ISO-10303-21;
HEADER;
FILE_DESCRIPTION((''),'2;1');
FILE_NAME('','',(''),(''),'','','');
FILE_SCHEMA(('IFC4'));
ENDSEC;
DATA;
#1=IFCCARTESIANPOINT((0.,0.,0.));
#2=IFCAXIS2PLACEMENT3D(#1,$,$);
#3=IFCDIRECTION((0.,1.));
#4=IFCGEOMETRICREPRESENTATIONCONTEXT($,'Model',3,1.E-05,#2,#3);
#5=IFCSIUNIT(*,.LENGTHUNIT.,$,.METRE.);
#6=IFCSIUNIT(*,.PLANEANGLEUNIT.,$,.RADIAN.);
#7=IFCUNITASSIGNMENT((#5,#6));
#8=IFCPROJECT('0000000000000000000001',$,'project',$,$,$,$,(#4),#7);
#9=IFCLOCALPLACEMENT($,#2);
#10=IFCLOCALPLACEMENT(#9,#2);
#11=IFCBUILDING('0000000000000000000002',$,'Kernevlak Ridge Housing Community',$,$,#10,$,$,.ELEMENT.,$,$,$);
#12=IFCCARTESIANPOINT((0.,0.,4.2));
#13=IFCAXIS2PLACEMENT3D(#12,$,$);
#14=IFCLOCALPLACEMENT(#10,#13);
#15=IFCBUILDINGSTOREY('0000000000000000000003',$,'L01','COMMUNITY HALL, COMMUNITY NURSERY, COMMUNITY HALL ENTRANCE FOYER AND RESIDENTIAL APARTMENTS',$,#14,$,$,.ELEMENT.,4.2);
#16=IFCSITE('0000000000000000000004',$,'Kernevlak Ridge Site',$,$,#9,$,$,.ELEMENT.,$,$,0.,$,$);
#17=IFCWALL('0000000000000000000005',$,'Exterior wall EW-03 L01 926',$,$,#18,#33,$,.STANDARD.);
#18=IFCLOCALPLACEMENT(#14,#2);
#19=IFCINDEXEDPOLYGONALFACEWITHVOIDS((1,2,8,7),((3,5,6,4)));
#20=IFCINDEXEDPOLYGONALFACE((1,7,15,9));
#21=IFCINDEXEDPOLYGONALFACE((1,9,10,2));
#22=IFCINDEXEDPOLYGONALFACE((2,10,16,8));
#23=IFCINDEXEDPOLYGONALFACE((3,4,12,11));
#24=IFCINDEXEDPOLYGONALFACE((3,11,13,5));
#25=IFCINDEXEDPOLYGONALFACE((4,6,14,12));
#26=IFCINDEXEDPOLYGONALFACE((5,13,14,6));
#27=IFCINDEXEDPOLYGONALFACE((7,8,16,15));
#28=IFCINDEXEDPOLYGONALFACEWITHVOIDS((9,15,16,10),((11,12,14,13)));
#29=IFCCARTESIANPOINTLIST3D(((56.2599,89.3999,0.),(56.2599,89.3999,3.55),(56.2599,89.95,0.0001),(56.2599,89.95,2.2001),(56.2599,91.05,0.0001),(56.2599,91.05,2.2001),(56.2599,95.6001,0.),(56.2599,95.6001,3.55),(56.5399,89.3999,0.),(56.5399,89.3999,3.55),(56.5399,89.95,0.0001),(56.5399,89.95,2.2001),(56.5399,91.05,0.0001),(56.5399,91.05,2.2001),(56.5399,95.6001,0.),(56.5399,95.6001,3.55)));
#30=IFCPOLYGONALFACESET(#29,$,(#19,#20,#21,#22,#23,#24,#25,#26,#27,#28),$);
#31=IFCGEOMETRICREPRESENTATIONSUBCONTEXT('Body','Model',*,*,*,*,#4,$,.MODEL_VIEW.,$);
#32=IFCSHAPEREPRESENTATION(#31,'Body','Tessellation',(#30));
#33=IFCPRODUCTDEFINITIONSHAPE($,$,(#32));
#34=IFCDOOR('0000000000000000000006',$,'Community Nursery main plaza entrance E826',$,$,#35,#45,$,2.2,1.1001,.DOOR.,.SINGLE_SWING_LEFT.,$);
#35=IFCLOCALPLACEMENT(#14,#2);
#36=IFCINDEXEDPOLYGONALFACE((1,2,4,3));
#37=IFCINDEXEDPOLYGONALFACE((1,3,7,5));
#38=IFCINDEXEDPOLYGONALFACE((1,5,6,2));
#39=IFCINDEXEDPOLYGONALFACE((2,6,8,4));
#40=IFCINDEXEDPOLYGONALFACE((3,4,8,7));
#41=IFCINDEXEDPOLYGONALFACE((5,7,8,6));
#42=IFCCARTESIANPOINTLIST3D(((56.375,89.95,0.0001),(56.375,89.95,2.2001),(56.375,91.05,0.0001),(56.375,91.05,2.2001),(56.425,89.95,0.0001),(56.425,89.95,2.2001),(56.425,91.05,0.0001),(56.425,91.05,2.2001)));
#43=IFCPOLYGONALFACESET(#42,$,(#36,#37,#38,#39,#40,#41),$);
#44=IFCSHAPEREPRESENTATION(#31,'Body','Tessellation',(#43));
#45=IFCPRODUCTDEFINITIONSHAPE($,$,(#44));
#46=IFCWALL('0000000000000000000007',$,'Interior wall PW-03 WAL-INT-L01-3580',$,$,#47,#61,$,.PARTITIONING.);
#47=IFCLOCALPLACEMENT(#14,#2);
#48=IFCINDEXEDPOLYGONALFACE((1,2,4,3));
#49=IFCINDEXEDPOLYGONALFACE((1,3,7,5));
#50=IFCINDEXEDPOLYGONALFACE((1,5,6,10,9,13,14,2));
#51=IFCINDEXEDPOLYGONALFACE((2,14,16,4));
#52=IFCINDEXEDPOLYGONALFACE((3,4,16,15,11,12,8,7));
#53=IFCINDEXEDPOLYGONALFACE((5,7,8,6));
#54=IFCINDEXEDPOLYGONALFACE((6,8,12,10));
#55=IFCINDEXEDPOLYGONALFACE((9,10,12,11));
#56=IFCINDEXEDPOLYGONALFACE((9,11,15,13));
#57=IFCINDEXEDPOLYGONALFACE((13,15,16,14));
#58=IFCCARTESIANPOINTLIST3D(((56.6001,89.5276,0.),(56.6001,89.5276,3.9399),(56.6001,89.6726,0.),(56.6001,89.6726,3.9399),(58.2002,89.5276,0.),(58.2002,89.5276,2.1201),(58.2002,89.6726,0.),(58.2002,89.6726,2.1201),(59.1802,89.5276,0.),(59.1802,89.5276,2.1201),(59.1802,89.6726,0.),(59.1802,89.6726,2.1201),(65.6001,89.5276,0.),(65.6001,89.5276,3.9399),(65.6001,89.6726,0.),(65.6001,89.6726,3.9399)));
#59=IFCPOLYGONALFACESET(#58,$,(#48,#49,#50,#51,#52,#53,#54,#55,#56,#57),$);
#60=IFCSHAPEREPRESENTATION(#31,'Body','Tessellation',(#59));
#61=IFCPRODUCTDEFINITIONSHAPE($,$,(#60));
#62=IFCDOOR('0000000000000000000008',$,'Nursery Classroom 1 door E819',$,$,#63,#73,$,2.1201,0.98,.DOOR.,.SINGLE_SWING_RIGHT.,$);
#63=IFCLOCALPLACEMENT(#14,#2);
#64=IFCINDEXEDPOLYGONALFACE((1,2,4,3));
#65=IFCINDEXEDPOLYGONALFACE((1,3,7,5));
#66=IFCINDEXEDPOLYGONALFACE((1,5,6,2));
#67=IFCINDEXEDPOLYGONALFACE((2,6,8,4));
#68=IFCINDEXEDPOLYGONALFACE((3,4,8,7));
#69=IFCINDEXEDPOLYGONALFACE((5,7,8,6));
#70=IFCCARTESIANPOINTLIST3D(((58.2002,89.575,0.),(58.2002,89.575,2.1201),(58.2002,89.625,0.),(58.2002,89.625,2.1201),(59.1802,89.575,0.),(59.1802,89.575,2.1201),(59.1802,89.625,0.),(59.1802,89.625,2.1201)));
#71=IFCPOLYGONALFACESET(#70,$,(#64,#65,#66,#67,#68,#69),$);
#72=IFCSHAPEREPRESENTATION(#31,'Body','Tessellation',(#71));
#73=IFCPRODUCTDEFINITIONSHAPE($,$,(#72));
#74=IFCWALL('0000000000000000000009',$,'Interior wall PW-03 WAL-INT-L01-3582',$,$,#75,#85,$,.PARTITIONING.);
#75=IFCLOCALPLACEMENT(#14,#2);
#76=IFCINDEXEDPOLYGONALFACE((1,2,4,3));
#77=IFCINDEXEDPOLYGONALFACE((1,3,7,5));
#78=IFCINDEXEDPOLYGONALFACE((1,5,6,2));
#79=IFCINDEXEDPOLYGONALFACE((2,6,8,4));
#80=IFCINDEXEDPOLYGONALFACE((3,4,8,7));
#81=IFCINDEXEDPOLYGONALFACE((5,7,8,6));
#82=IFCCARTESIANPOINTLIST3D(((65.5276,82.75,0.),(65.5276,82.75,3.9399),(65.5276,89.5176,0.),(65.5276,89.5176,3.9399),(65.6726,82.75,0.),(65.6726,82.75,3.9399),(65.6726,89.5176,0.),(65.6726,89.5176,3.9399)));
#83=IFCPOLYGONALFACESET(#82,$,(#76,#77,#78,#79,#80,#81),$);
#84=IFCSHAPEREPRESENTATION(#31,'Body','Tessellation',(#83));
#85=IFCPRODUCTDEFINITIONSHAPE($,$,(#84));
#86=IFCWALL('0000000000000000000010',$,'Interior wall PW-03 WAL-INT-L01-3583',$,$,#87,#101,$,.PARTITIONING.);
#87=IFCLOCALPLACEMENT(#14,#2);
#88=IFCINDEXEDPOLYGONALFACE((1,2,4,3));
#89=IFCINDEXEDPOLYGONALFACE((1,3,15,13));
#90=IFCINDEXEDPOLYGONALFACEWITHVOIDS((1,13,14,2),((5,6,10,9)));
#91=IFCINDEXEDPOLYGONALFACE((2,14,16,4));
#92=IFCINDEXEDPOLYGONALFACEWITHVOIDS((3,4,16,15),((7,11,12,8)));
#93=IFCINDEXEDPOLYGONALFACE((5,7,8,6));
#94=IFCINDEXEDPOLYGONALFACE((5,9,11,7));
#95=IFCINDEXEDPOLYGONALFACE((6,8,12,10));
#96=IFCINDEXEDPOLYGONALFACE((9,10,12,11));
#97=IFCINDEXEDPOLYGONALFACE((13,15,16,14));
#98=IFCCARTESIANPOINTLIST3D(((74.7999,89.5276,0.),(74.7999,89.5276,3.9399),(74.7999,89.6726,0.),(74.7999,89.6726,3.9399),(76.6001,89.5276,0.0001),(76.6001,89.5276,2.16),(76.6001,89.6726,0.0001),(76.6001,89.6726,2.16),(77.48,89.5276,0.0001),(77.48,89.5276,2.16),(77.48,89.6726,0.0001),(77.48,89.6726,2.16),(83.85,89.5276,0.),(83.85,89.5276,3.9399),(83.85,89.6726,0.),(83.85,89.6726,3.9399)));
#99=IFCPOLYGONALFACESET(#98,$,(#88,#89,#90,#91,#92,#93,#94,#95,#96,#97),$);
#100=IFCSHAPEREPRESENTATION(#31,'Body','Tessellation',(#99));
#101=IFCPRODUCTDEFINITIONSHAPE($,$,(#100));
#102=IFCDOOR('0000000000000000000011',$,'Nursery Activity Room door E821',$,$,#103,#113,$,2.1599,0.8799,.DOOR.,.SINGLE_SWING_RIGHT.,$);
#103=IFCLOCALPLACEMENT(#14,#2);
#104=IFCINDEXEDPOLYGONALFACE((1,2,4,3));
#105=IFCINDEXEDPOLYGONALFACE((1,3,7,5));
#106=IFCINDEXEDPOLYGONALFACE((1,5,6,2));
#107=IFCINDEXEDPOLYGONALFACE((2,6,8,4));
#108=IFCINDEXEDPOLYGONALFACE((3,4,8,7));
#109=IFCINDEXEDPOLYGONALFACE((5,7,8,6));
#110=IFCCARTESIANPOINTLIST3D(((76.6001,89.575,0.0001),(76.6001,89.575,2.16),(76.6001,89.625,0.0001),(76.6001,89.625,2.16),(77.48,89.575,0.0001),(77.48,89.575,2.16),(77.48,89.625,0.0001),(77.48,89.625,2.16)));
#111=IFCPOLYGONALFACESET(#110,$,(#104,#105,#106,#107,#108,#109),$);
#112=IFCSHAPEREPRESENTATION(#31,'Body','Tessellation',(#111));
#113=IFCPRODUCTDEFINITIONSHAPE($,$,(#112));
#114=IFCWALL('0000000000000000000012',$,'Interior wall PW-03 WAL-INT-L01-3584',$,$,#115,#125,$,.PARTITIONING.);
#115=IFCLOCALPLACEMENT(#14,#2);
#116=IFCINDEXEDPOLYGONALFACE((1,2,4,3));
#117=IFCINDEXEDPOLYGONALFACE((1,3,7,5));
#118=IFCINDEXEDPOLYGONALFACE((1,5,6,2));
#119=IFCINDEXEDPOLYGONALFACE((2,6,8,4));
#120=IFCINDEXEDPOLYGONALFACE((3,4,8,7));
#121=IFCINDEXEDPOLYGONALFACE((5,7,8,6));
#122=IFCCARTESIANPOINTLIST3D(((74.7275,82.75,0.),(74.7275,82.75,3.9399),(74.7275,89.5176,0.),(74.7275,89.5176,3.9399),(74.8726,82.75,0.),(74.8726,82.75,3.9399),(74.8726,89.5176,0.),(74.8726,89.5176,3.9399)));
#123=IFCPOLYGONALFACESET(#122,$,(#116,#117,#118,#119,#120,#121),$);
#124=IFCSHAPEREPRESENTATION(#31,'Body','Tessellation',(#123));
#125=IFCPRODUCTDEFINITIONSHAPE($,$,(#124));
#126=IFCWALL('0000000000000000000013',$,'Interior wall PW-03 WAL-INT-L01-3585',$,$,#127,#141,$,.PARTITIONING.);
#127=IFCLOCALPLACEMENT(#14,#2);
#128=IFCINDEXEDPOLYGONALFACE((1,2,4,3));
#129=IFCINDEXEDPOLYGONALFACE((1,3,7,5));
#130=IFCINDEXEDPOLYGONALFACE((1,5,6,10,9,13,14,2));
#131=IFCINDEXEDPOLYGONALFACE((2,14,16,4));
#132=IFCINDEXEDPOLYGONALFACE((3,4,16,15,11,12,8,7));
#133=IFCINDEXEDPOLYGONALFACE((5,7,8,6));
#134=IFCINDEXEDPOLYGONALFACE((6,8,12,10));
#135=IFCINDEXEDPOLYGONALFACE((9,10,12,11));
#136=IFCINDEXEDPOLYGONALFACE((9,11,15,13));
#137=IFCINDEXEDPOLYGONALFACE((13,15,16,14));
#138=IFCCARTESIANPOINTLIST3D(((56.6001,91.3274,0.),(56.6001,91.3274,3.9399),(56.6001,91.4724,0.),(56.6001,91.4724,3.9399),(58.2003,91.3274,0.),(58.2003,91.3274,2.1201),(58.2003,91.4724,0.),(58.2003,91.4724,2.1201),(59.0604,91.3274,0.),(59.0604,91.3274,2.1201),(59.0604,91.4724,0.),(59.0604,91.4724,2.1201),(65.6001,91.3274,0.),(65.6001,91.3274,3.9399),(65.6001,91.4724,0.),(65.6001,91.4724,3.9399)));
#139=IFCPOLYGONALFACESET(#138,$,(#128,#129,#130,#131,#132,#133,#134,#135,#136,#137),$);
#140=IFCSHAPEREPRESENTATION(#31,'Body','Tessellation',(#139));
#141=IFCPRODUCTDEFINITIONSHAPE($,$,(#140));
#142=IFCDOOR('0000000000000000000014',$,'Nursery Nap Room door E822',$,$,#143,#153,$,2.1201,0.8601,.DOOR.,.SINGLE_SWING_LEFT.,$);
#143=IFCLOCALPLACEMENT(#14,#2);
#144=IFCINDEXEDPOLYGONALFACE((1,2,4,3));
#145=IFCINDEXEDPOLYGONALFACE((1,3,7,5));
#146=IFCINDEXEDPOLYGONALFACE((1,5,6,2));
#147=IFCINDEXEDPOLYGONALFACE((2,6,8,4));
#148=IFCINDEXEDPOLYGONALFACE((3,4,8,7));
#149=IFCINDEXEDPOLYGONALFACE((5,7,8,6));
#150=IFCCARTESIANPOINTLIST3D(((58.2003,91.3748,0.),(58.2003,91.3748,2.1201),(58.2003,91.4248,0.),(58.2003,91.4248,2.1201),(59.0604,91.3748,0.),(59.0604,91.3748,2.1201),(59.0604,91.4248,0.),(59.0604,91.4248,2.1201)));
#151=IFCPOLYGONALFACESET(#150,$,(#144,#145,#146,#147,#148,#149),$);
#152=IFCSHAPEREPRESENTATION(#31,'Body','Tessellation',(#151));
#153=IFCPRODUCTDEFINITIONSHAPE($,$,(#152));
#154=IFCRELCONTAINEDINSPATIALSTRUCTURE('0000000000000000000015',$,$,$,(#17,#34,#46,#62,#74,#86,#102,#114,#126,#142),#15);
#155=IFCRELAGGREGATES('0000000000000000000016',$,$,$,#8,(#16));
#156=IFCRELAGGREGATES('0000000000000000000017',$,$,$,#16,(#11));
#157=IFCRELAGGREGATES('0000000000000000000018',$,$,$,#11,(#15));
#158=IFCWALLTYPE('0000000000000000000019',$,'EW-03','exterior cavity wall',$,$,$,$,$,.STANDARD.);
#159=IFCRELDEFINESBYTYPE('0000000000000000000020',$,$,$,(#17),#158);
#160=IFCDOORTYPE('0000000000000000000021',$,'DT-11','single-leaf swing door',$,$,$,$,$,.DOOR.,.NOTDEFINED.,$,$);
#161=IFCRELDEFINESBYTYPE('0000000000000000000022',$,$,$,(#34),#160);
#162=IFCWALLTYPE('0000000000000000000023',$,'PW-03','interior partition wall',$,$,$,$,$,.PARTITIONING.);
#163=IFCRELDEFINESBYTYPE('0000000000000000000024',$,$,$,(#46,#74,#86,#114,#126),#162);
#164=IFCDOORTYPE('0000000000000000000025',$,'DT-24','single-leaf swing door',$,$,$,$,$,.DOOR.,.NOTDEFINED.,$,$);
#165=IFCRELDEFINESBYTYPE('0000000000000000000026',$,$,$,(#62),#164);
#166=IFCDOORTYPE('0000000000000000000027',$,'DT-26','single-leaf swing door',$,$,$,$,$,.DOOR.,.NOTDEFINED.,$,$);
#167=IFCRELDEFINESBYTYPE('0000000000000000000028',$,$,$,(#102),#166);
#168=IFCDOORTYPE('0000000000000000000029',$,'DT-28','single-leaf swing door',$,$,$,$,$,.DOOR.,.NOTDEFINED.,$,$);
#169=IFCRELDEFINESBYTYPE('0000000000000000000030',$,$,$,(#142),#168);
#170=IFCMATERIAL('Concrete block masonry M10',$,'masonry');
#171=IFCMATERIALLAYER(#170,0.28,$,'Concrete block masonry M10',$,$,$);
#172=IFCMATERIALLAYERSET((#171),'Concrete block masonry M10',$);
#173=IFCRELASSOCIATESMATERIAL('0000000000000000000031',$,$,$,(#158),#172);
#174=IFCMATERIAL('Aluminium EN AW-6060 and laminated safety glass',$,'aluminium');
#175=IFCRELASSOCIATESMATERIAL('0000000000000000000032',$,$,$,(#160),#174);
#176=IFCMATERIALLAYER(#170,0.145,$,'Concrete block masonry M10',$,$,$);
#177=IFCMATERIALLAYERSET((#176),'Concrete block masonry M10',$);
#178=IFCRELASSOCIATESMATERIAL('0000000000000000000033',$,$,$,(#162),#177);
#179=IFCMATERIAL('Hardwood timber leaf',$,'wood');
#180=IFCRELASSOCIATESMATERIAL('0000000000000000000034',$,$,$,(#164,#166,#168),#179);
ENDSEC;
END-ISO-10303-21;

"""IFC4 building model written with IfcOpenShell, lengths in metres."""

from ifc_helpers import new_model, si_unit, direction, frame, frame_2d, origin, place, context, subcontext, project, spatial, rectangle, extrude, material, layer, layer_set, type_object, element, fill, save


model = new_model("IFC4")

# Units and contexts
model_context = context("Model", 3, precision=1e-05, world=origin(), true_north=direction((0.0, 1.0)))
body_context = subcontext(model_context, "Body", "Model", "MODEL_VIEW")
ifc_project = project(units=[si_unit("LENGTHUNIT", "METRE"), si_unit("PLANEANGLEUNIT", "RADIAN")], contexts=[model_context])

# Site, building, storey
site_placement = place(None, origin())
site = spatial("IfcSite", under=ifc_project, at=site_placement, Name="Kernevlak Ridge Site", CompositionType="ELEMENT", RefElevation=0.0)
building_placement = place(site_placement, origin())
building = spatial("IfcBuilding", under=site, at=building_placement, Name="Kernevlak Ridge Housing Community", CompositionType="ELEMENT")
storey_placement = place(building_placement, frame((0.0, 0.0, 4.2)))
storey = spatial("IfcBuildingStorey", under=building, at=storey_placement, Name="L01", Description="COMMUNITY HALL, COMMUNITY NURSERY, COMMUNITY HALL ENTRANCE FOYER AND RESIDENTIAL APARTMENTS", CompositionType="ELEMENT", Elevation=4.2)

# Shared definitions
ifc_material_1 = material(Name="Concrete block masonry M10", Category="masonry")
ifc_layer_1 = layer(ifc_material_1, 0.28, Name="Concrete block masonry M10")
ifc_layer_set_1 = layer_set([ifc_layer_1], Name="Concrete block masonry M10")
wall_type_1 = type_object("IfcWallType", Name="EW-03", Description="exterior cavity wall", PredefinedType="STANDARD", material=ifc_layer_set_1)

# Walls, openings, doors
wall_1_placement = place(storey_placement, frame((56.3999, 89.3999, 0.0), z_axis=(0.0, 0.0, 1.0), x_axis=(0.0, 1.0, 0.0)))
wall_1 = element("IfcWall", 1, at=wall_1_placement, inside=storey, type_object=wall_type_1, Name="Exterior wall EW-03 L01 926", PredefinedType="STANDARD", context=body_context, shape_type="SweptSolid", body=[
    extrude(rectangle(XDim=6.2002, YDim=0.28, at=frame_2d((3.1001, 0.0))), origin(), (0.0, 0.0, 1.0), 3.55),
])
opening_1_placement = place(wall_1_placement, frame((0.55, 0.0, 0.0)))
opening_1 = element("IfcOpeningElement", 2, at=opening_1_placement, cuts=wall_1, PredefinedType="OPENING", context=body_context, shape_type="SweptSolid", body=[
    extrude(rectangle(XDim=1.1001, YDim=2.2, at=frame_2d((0.55, 1.1001))), frame((0.0, 0.1499, 0.0), z_axis=(0.0, -1.0, 0.0), x_axis=(1.0, 0.0, 0.0)), (0.0, 0.0, 1.0), 0.3),
])
ifc_material_2 = material(Name="Aluminium EN AW-6060 and laminated safety glass", Category="aluminium")
door_type_1 = type_object("IfcDoorType", Name="DT-11", Description="single-leaf swing door", OperationType="NOTDEFINED", PredefinedType="DOOR", material=ifc_material_2)
door_1_placement = place(opening_1_placement, origin())
door_1 = element("IfcDoor", 3, at=door_1_placement, inside=storey, type_object=door_type_1, Name="Community Nursery main plaza entrance E826", OperationType="SINGLE_SWING_LEFT", OverallHeight=2.2, OverallWidth=1.1001, PredefinedType="DOOR", context=body_context, shape_type="SweptSolid", body=[
    extrude(rectangle(XDim=1.1001, YDim=2.2, at=frame_2d((0.55, 1.1001))), frame((0.0, 0.0249, 0.0), z_axis=(0.0, -1.0, 0.0), x_axis=(1.0, 0.0, 0.0)), (0.0, 0.0, 1.0), 0.05),
])
fill(opening_1, door_1)
ifc_layer_2 = layer(ifc_material_1, 0.145, Name="Concrete block masonry M10")
ifc_layer_set_2 = layer_set([ifc_layer_2], Name="Concrete block masonry M10")
wall_type_2 = type_object("IfcWallType", Name="PW-03", Description="interior partition wall", PredefinedType="PARTITIONING", material=ifc_layer_set_2)
wall_2_placement = place(storey_placement, frame((56.6001, 89.6001, 0.0), z_axis=(0.0, 0.0, 1.0), x_axis=(1.0, 0.0, 0.0)))
wall_2 = element("IfcWall", 4, at=wall_2_placement, inside=storey, type_object=wall_type_2, Name="Interior wall PW-03 WAL-INT-L01-3580", PredefinedType="PARTITIONING", context=body_context, shape_type="SweptSolid", body=[
    extrude(rectangle(XDim=9.0, YDim=0.145, at=frame_2d((4.5, 0.0))), origin(), (0.0, 0.0, 1.0), 3.9399),
])
opening_2_placement = place(wall_2_placement, frame((1.6001, 0.0, 0.0)))
opening_2 = element("IfcOpeningElement", 5, at=opening_2_placement, cuts=wall_2, PredefinedType="OPENING", context=body_context, shape_type="SweptSolid", body=[
    extrude(rectangle(XDim=0.98, YDim=2.1201, at=frame_2d((0.49, 1.0601))), frame((0.0, 0.0825, 0.0), z_axis=(0.0, -1.0, 0.0), x_axis=(1.0, 0.0, 0.0)), (0.0, 0.0, 1.0), 0.165),
])
ifc_material_3 = material(Name="Hardwood timber leaf", Category="wood")
door_type_2 = type_object("IfcDoorType", Name="DT-24", Description="single-leaf swing door", OperationType="NOTDEFINED", PredefinedType="DOOR", material=ifc_material_3)
door_2_placement = place(opening_2_placement, origin())
door_2 = element("IfcDoor", 6, at=door_2_placement, inside=storey, type_object=door_type_2, Name="Nursery Classroom 1 door E819", OperationType="SINGLE_SWING_RIGHT", OverallHeight=2.1201, OverallWidth=0.98, PredefinedType="DOOR", context=body_context, shape_type="SweptSolid", body=[
    extrude(rectangle(XDim=0.98, YDim=2.1201, at=frame_2d((0.49, 1.0601))), frame((0.0, 0.0249, 0.0), z_axis=(0.0, -1.0, 0.0), x_axis=(1.0, 0.0, 0.0)), (0.0, 0.0, 1.0), 0.05),
])
fill(opening_2, door_2)

# Wall
wall_3_placement = place(storey_placement, frame((65.6001, 82.75, 0.0), z_axis=(0.0, 0.0, 1.0), x_axis=(0.0, 1.0, 0.0)))
element("IfcWall", 7, at=wall_3_placement, inside=storey, type_object=wall_type_2, Name="Interior wall PW-03 WAL-INT-L01-3582", PredefinedType="PARTITIONING", context=body_context, shape_type="SweptSolid", body=[
    extrude(rectangle(XDim=6.7676, YDim=0.145, at=frame_2d((3.3838, 0.0))), origin(), (0.0, 0.0, 1.0), 3.9399),
])

# Wall, opening, door
wall_4_placement = place(storey_placement, frame((74.8, 89.6001, 0.0), z_axis=(0.0, 0.0, 1.0), x_axis=(1.0, 0.0, 0.0)))
wall_4 = element("IfcWall", 8, at=wall_4_placement, inside=storey, type_object=wall_type_2, Name="Interior wall PW-03 WAL-INT-L01-3583", PredefinedType="PARTITIONING", context=body_context, shape_type="SweptSolid", body=[
    extrude(rectangle(XDim=9.05, YDim=0.145, at=frame_2d((4.5249, 0.0))), origin(), (0.0, 0.0, 1.0), 3.9399),
])
opening_3_placement = place(wall_4_placement, frame((1.8, 0.0, 0.0)))
opening_3 = element("IfcOpeningElement", 9, at=opening_3_placement, cuts=wall_4, PredefinedType="OPENING", context=body_context, shape_type="SweptSolid", body=[
    extrude(rectangle(XDim=0.8799, YDim=2.1599, at=frame_2d((0.4399, 1.0801))), frame((0.0, 0.0825, 0.0), z_axis=(0.0, -1.0, 0.0), x_axis=(1.0, 0.0, 0.0)), (0.0, 0.0, 1.0), 0.165),
])
door_type_3 = type_object("IfcDoorType", Name="DT-26", Description="single-leaf swing door", OperationType="NOTDEFINED", PredefinedType="DOOR", material=ifc_material_3)
door_3_placement = place(opening_3_placement, origin())
door_3 = element("IfcDoor", 10, at=door_3_placement, inside=storey, type_object=door_type_3, Name="Nursery Activity Room door E821", OperationType="SINGLE_SWING_RIGHT", OverallHeight=2.1599, OverallWidth=0.8799, PredefinedType="DOOR", context=body_context, shape_type="SweptSolid", body=[
    extrude(rectangle(XDim=0.8799, YDim=2.1599, at=frame_2d((0.4399, 1.0801))), frame((0.0, 0.0249, 0.0), z_axis=(0.0, -1.0, 0.0), x_axis=(1.0, 0.0, 0.0)), (0.0, 0.0, 1.0), 0.05),
])
fill(opening_3, door_3)

# Wall
wall_5_placement = place(storey_placement, frame((74.8, 82.75, 0.0), z_axis=(0.0, 0.0, 1.0), x_axis=(0.0, 1.0, 0.0)))
element("IfcWall", 11, at=wall_5_placement, inside=storey, type_object=wall_type_2, Name="Interior wall PW-03 WAL-INT-L01-3584", PredefinedType="PARTITIONING", context=body_context, shape_type="SweptSolid", body=[
    extrude(rectangle(XDim=6.7676, YDim=0.145, at=frame_2d((3.3838, 0.0))), origin(), (0.0, 0.0, 1.0), 3.9399),
])

# Wall, opening, door
wall_6_placement = place(storey_placement, frame((56.6001, 91.3999, 0.0), z_axis=(0.0, 0.0, 1.0), x_axis=(1.0, 0.0, 0.0)))
wall_6 = element("IfcWall", 12, at=wall_6_placement, inside=storey, type_object=wall_type_2, Name="Interior wall PW-03 WAL-INT-L01-3585", PredefinedType="PARTITIONING", context=body_context, shape_type="SweptSolid", body=[
    extrude(rectangle(XDim=9.0, YDim=0.145, at=frame_2d((4.5, 0.0))), origin(), (0.0, 0.0, 1.0), 3.9399),
])
opening_4_placement = place(wall_6_placement, frame((1.6001, 0.0, 0.0)))
opening_4 = element("IfcOpeningElement", 13, at=opening_4_placement, cuts=wall_6, PredefinedType="OPENING", context=body_context, shape_type="SweptSolid", body=[
    extrude(rectangle(XDim=0.8601, YDim=2.1201, at=frame_2d((0.4302, 1.0601))), frame((0.0, 0.0825, 0.0), z_axis=(0.0, -1.0, 0.0), x_axis=(1.0, 0.0, 0.0)), (0.0, 0.0, 1.0), 0.165),
])
door_type_4 = type_object("IfcDoorType", Name="DT-28", Description="single-leaf swing door", OperationType="NOTDEFINED", PredefinedType="DOOR", material=ifc_material_3)
door_4_placement = place(opening_4_placement, origin())
door_4 = element("IfcDoor", 14, at=door_4_placement, inside=storey, type_object=door_type_4, Name="Nursery Nap Room door E822", OperationType="SINGLE_SWING_LEFT", OverallHeight=2.1201, OverallWidth=0.8601, PredefinedType="DOOR", context=body_context, shape_type="SweptSolid", body=[
    extrude(rectangle(XDim=0.8601, YDim=2.1201, at=frame_2d((0.4302, 1.0601))), frame((0.0, 0.0249, 0.0), z_axis=(0.0, -1.0, 0.0), x_axis=(1.0, 0.0, 0.0)), (0.0, 0.0, 1.0), 0.05),
])
fill(opening_4, door_4)

save(model, "model.ifc")
